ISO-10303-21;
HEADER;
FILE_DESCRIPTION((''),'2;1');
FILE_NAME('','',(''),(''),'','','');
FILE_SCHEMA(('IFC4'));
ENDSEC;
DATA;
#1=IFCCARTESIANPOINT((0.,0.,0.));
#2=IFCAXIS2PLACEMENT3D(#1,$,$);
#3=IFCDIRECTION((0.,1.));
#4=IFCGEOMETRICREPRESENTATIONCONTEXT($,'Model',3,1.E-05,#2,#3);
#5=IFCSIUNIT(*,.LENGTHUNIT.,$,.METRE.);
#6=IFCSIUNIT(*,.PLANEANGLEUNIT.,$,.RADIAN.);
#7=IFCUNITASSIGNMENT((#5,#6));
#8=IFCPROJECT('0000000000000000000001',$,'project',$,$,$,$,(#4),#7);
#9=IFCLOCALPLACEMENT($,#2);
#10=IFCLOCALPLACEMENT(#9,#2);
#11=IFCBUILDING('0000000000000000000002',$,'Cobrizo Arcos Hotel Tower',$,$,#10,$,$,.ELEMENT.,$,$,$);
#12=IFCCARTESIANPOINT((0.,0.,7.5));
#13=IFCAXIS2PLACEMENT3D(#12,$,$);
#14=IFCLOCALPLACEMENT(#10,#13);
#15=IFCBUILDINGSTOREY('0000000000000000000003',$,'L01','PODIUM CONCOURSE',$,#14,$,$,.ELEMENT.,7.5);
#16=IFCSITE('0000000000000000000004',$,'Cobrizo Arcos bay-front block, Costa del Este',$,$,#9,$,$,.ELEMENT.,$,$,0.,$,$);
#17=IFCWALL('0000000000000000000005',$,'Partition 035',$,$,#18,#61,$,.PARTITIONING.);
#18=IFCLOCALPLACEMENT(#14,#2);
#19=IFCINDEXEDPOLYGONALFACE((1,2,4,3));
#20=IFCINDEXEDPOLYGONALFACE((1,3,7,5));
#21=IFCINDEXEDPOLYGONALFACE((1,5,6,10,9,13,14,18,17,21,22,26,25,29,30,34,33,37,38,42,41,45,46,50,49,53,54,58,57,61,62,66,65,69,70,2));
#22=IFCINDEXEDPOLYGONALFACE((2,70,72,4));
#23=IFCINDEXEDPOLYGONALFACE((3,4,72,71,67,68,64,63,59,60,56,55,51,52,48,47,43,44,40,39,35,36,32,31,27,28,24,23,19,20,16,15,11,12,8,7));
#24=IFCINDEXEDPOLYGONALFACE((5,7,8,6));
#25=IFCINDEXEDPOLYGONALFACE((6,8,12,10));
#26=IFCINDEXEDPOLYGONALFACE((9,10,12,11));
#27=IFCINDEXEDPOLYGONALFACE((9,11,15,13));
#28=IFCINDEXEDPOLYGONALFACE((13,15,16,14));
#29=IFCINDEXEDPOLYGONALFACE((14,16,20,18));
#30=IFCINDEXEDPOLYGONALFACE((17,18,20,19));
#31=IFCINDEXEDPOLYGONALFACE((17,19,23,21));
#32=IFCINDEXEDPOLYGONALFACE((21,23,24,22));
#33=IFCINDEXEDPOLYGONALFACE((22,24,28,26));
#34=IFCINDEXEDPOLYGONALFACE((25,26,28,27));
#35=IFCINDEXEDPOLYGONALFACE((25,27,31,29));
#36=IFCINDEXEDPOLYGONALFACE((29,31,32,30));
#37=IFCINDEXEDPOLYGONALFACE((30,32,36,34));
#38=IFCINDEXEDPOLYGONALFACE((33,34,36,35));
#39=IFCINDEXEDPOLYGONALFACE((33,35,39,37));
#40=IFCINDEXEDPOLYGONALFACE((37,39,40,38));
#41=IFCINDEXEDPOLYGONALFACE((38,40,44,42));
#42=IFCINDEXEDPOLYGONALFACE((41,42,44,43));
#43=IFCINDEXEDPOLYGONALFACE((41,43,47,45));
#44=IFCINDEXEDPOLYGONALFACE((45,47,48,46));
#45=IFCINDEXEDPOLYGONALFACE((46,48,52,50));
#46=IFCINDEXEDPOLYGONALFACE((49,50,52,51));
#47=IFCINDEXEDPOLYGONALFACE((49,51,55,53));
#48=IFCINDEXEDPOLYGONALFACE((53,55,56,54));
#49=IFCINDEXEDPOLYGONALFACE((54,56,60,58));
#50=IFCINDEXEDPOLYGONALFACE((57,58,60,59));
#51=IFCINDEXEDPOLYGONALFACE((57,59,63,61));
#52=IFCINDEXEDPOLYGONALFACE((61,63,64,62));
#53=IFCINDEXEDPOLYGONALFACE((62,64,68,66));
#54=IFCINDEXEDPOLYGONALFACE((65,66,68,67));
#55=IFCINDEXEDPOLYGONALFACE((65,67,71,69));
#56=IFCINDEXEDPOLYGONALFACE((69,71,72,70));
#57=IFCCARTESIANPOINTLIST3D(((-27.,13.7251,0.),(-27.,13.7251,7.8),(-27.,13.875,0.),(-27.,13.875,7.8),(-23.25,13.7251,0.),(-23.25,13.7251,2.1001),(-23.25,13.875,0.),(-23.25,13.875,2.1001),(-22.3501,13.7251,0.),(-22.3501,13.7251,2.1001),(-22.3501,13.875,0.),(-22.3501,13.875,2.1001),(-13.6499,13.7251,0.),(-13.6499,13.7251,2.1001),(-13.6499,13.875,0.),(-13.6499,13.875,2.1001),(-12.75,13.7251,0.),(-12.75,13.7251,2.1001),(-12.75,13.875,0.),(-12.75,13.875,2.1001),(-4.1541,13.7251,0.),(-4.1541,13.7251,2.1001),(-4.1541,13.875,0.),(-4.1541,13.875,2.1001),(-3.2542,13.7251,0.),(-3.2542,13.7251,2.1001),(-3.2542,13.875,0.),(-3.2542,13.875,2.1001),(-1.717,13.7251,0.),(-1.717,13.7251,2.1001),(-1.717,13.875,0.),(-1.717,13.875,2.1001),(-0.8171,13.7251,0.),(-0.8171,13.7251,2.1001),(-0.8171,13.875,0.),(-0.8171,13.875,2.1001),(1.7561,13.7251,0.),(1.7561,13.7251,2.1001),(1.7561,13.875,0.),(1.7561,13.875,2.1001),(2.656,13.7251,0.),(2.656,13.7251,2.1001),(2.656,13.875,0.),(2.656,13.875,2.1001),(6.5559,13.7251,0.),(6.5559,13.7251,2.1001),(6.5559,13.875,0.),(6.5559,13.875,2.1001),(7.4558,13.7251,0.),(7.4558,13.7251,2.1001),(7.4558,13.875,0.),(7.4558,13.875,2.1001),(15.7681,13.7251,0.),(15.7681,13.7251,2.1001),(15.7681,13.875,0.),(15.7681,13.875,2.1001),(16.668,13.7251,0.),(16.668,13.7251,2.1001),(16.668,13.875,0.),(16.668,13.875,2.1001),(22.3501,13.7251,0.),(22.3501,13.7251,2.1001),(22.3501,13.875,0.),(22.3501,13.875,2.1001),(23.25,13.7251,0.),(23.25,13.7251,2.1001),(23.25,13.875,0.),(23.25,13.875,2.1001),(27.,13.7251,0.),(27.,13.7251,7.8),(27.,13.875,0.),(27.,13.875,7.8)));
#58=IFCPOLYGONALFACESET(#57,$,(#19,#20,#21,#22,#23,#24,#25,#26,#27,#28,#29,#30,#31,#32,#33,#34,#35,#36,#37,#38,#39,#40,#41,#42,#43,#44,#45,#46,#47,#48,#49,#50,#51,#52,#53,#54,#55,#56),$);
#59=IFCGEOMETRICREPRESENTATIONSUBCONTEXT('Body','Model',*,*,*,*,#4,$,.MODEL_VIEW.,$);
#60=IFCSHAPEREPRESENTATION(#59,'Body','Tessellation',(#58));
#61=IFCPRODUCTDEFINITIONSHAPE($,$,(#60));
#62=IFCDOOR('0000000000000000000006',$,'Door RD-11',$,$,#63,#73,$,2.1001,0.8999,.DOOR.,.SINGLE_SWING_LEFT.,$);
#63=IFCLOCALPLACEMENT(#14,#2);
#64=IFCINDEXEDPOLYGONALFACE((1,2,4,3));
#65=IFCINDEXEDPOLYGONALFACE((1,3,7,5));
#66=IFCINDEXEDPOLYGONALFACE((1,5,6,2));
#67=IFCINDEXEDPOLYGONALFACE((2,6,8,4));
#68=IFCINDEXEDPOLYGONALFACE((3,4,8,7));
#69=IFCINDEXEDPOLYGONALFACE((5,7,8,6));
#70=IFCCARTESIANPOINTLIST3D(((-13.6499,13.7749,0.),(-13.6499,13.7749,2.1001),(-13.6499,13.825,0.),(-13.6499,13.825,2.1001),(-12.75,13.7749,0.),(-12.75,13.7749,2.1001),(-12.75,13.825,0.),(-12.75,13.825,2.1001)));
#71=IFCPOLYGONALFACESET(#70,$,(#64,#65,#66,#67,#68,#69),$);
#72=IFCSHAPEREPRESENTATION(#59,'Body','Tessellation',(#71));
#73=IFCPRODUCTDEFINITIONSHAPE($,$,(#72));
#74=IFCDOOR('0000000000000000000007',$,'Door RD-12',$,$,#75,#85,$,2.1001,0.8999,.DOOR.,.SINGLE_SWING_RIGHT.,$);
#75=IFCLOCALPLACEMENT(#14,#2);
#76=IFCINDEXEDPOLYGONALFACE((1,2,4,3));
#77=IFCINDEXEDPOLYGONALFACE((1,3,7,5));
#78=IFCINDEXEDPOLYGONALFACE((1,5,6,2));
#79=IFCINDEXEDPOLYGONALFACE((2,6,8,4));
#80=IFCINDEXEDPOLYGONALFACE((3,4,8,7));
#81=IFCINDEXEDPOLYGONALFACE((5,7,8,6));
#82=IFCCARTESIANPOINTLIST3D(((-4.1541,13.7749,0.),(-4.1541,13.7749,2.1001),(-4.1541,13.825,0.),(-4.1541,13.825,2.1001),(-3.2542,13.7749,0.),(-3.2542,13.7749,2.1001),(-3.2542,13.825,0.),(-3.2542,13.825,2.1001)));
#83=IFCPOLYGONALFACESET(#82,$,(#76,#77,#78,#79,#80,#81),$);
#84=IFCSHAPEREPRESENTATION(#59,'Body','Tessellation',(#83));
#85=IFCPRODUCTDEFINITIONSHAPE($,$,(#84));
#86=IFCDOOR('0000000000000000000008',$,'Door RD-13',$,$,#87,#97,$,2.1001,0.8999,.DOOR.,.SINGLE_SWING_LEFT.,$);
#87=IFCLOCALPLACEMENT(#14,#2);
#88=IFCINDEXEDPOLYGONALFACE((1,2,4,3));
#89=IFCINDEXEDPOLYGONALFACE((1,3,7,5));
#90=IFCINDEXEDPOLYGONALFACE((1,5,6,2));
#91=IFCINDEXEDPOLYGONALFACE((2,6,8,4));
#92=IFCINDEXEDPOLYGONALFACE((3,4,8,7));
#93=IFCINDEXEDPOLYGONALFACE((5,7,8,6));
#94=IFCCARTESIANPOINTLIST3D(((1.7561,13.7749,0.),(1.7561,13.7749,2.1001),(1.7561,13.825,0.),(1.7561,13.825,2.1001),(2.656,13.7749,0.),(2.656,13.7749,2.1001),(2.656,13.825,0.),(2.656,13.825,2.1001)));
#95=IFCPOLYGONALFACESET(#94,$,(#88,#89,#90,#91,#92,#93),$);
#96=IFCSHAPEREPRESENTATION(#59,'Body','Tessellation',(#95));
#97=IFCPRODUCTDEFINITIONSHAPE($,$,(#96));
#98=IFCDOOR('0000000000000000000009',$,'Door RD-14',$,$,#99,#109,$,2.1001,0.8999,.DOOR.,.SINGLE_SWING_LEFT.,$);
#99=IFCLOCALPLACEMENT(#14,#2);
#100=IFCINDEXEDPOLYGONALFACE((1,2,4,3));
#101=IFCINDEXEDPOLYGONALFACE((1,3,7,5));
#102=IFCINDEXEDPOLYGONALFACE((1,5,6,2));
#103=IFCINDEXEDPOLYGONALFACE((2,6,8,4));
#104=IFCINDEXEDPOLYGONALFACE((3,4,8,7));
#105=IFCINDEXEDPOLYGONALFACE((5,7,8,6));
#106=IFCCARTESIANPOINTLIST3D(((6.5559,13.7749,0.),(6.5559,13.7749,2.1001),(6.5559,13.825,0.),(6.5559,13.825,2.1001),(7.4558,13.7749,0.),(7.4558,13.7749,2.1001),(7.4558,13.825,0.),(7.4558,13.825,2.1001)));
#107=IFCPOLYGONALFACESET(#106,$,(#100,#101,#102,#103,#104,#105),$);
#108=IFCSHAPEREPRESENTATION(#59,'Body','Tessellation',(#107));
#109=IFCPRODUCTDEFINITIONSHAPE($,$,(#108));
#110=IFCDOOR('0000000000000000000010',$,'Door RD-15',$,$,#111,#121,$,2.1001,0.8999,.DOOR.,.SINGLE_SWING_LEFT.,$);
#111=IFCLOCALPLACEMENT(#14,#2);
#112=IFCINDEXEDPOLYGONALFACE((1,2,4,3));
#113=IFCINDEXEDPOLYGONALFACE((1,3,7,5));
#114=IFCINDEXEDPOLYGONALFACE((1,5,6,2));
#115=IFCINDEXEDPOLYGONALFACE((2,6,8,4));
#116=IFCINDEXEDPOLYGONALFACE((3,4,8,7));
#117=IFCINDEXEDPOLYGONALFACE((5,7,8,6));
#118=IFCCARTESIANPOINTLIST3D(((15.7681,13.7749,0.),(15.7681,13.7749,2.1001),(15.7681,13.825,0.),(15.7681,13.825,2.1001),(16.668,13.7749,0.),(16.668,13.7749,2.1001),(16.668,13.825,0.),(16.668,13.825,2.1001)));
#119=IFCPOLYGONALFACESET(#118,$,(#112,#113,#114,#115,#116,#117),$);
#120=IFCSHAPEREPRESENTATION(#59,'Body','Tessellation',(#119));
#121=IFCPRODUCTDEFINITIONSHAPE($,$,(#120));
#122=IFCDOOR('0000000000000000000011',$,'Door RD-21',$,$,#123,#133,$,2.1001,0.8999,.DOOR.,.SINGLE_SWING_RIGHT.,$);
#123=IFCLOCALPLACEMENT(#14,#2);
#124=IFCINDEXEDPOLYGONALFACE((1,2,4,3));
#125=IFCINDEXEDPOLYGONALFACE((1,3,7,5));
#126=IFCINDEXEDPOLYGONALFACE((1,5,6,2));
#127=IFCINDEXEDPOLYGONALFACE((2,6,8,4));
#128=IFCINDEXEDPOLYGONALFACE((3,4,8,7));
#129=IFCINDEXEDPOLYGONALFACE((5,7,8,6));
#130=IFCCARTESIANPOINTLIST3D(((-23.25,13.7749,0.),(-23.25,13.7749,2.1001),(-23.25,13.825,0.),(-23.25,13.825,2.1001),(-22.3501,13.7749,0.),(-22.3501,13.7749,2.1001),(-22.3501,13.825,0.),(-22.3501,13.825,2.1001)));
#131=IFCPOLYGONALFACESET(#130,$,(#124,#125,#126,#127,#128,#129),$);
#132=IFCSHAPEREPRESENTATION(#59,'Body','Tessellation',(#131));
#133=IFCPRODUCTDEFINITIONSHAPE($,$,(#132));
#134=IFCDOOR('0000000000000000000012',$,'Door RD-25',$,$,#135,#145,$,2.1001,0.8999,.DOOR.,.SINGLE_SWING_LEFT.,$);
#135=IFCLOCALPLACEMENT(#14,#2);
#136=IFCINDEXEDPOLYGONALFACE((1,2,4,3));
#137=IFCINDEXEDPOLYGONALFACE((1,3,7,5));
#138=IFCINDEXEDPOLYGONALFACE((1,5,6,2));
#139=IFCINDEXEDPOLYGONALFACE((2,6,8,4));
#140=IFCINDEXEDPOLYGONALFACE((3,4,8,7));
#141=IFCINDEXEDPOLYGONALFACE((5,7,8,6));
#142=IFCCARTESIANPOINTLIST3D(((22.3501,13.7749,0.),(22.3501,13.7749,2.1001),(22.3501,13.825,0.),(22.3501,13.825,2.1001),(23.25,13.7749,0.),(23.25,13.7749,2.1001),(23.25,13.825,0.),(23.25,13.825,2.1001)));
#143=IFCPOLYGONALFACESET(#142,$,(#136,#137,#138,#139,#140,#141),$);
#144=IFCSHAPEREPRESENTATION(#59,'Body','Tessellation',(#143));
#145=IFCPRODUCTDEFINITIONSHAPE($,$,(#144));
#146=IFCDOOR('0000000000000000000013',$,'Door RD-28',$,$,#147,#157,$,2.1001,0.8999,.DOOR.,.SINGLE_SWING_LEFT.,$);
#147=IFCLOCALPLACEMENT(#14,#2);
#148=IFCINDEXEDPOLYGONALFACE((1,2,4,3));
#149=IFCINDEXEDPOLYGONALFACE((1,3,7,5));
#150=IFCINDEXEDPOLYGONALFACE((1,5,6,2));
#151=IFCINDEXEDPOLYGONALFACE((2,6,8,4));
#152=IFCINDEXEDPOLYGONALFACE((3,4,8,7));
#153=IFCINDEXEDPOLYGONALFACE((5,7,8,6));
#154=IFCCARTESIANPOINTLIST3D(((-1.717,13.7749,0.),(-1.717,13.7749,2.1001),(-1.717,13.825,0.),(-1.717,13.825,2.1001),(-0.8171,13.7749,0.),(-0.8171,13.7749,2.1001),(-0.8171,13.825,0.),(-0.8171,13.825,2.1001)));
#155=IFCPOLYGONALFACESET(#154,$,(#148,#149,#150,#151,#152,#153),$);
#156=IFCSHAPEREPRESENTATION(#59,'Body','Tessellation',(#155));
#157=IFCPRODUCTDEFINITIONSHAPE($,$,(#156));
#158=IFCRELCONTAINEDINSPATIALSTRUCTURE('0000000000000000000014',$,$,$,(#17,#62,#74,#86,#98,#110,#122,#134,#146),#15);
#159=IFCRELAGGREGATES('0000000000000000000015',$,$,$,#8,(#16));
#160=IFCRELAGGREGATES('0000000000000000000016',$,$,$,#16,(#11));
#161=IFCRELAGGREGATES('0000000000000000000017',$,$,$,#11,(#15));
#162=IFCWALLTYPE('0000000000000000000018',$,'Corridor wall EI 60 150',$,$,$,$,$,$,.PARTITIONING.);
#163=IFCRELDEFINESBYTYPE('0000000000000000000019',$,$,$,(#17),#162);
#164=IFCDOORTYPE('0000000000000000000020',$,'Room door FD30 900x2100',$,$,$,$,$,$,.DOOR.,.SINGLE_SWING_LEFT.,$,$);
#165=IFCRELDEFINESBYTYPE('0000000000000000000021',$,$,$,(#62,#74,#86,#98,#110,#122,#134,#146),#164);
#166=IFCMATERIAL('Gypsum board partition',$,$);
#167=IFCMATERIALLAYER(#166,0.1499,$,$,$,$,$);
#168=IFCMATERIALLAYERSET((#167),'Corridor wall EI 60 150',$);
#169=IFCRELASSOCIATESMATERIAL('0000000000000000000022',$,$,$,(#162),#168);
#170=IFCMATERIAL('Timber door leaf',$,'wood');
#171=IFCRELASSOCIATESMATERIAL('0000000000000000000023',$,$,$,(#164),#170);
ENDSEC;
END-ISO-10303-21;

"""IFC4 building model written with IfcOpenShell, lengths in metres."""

from ifc_helpers import new_model, si_unit, direction, frame, frame_2d, origin, place, context, subcontext, project, spatial, rectangle, extrude, material, layer, layer_set, type_object, element, fill, save


model = new_model("IFC4")

# Units and contexts
model_context = context("Model", 3, precision=1e-05, world=origin(), true_north=direction((0.0, 1.0)))
body_context = subcontext(model_context, "Body", "Model", "MODEL_VIEW")
ifc_project = project(units=[si_unit("LENGTHUNIT", "METRE"), si_unit("PLANEANGLEUNIT", "RADIAN")], contexts=[model_context])

# Site, building, storey
site_placement = place(None, origin())
site = spatial("IfcSite", under=ifc_project, at=site_placement, Name="Cobrizo Arcos bay-front block, Costa del Este", CompositionType="ELEMENT", RefElevation=0.0)
building_placement = place(site_placement, origin())
building = spatial("IfcBuilding", under=site, at=building_placement, Name="Cobrizo Arcos Hotel Tower", CompositionType="ELEMENT")
storey_placement = place(building_placement, frame((0.0, 0.0, 7.5)))
storey = spatial("IfcBuildingStorey", under=building, at=storey_placement, Name="L01", Description="PODIUM CONCOURSE", CompositionType="ELEMENT", Elevation=7.5)

# Wall, openings, doors
ifc_material_1 = material(Name="Gypsum board partition")
ifc_layer_1 = layer(ifc_material_1, 0.1499)
ifc_layer_set_1 = layer_set([ifc_layer_1], Name="Corridor wall EI 60 150")
wall_type_1 = type_object("IfcWallType", Name="Corridor wall EI 60 150", PredefinedType="PARTITIONING", material=ifc_layer_set_1)
wall_1_placement = place(storey_placement, frame((-27.0, 13.8, 0.0), z_axis=(0.0, 0.0, 1.0), x_axis=(1.0, 0.0, 0.0)))
wall_1 = element("IfcWall", 1, at=wall_1_placement, inside=storey, type_object=wall_type_1, Name="Partition 035", PredefinedType="PARTITIONING", context=body_context, shape_type="SweptSolid", body=[
    extrude(rectangle(XDim=54.0, YDim=0.1499, at=frame_2d((27.0, 0.0))), origin(), (0.0, 0.0, 1.0), 7.8),
])
opening_1_placement = place(wall_1_placement, frame((13.3501, 0.0, 0.0)))
opening_1 = element("IfcOpeningElement", 2, at=opening_1_placement, cuts=wall_1, PredefinedType="OPENING", context=body_context, shape_type="SweptSolid", body=[
    extrude(rectangle(XDim=0.8999, YDim=2.1001, at=frame_2d((0.45, 1.05))), frame((0.0, 0.0869, 0.0), z_axis=(0.0, -1.0, 0.0), x_axis=(1.0, 0.0, 0.0)), (0.0, 0.0, 1.0), 0.1738),
])
opening_2_placement = place(wall_1_placement, frame((22.8459, 0.0, 0.0)))
opening_2 = element("IfcOpeningElement", 3, at=opening_2_placement, cuts=wall_1, PredefinedType="OPENING", context=body_context, shape_type="SweptSolid", body=[
    extrude(rectangle(XDim=0.8999, YDim=2.1001, at=frame_2d((0.45, 1.05))), frame((0.0, 0.0869, 0.0), z_axis=(0.0, -1.0, 0.0), x_axis=(1.0, 0.0, 0.0)), (0.0, 0.0, 1.0), 0.1738),
])
opening_3_placement = place(wall_1_placement, frame((28.7561, 0.0, 0.0)))
opening_3 = element("IfcOpeningElement", 4, at=opening_3_placement, cuts=wall_1, PredefinedType="OPENING", context=body_context, shape_type="SweptSolid", body=[
    extrude(rectangle(XDim=0.8999, YDim=2.1001, at=frame_2d((0.45, 1.05))), frame((0.0, 0.0869, 0.0), z_axis=(0.0, -1.0, 0.0), x_axis=(1.0, 0.0, 0.0)), (0.0, 0.0, 1.0), 0.1738),
])
opening_4_placement = place(wall_1_placement, frame((33.5559, 0.0, 0.0)))
opening_4 = element("IfcOpeningElement", 5, at=opening_4_placement, cuts=wall_1, PredefinedType="OPENING", context=body_context, shape_type="SweptSolid", body=[
    extrude(rectangle(XDim=0.8999, YDim=2.1001, at=frame_2d((0.45, 1.05))), frame((0.0, 0.0869, 0.0), z_axis=(0.0, -1.0, 0.0), x_axis=(1.0, 0.0, 0.0)), (0.0, 0.0, 1.0), 0.1738),
])
opening_5_placement = place(wall_1_placement, frame((42.7681, 0.0, 0.0)))
opening_5 = element("IfcOpeningElement", 6, at=opening_5_placement, cuts=wall_1, PredefinedType="OPENING", context=body_context, shape_type="SweptSolid", body=[
    extrude(rectangle(XDim=0.8999, YDim=2.1001, at=frame_2d((0.45, 1.05))), frame((0.0, 0.0869, 0.0), z_axis=(0.0, -1.0, 0.0), x_axis=(1.0, 0.0, 0.0)), (0.0, 0.0, 1.0), 0.1738),
])
opening_6_placement = place(wall_1_placement, frame((3.75, 0.0, 0.0)))
opening_6 = element("IfcOpeningElement", 7, at=opening_6_placement, cuts=wall_1, PredefinedType="OPENING", context=body_context, shape_type="SweptSolid", body=[
    extrude(rectangle(XDim=0.8999, YDim=2.1001, at=frame_2d((0.45, 1.05))), frame((0.0, 0.0869, 0.0), z_axis=(0.0, -1.0, 0.0), x_axis=(1.0, 0.0, 0.0)), (0.0, 0.0, 1.0), 0.1738),
])
opening_7_placement = place(wall_1_placement, frame((49.3501, 0.0, 0.0)))
opening_7 = element("IfcOpeningElement", 8, at=opening_7_placement, cuts=wall_1, PredefinedType="OPENING", context=body_context, shape_type="SweptSolid", body=[
    extrude(rectangle(XDim=0.8999, YDim=2.1001, at=frame_2d((0.45, 1.05))), frame((0.0, 0.0869, 0.0), z_axis=(0.0, -1.0, 0.0), x_axis=(1.0, 0.0, 0.0)), (0.0, 0.0, 1.0), 0.1738),
])
opening_8_placement = place(wall_1_placement, frame((25.283, 0.0, 0.0)))
opening_8 = element("IfcOpeningElement", 9, at=opening_8_placement, cuts=wall_1, PredefinedType="OPENING", context=body_context, shape_type="SweptSolid", body=[
    extrude(rectangle(XDim=0.8999, YDim=2.1001, at=frame_2d((0.45, 1.05))), frame((0.0, 0.0869, 0.0), z_axis=(0.0, -1.0, 0.0), x_axis=(1.0, 0.0, 0.0)), (0.0, 0.0, 1.0), 0.1738),
])
ifc_material_2 = material(Name="Timber door leaf", Category="wood")
door_type = type_object("IfcDoorType", Name="Room door FD30 900x2100", OperationType="SINGLE_SWING_LEFT", PredefinedType="DOOR", material=ifc_material_2)
door_1_placement = place(opening_1_placement, origin())
door_1 = element("IfcDoor", 10, at=door_1_placement, inside=storey, type_object=door_type, Name="Door RD-11", OperationType="SINGLE_SWING_LEFT", OverallHeight=2.1001, OverallWidth=0.8999, PredefinedType="DOOR", context=body_context, shape_type="SweptSolid", body=[
    extrude(rectangle(XDim=0.8999, YDim=2.1001, at=frame_2d((0.45, 1.05))), frame((0.0, 0.0249, 0.0), z_axis=(0.0, -1.0, 0.0), x_axis=(1.0, 0.0, 0.0)), (0.0, 0.0, 1.0), 0.05),
])
fill(opening_1, door_1)
door_2_placement = place(opening_2_placement, origin())
door_2 = element("IfcDoor", 11, at=door_2_placement, inside=storey, type_object=door_type, Name="Door RD-12", OperationType="SINGLE_SWING_RIGHT", OverallHeight=2.1001, OverallWidth=0.8999, PredefinedType="DOOR", context=body_context, shape_type="SweptSolid", body=[
    extrude(rectangle(XDim=0.8999, YDim=2.1001, at=frame_2d((0.45, 1.05))), frame((0.0, 0.0249, 0.0), z_axis=(0.0, -1.0, 0.0), x_axis=(1.0, 0.0, 0.0)), (0.0, 0.0, 1.0), 0.05),
])
fill(opening_2, door_2)
door_3_placement = place(opening_3_placement, origin())
door_3 = element("IfcDoor", 12, at=door_3_placement, inside=storey, type_object=door_type, Name="Door RD-13", OperationType="SINGLE_SWING_LEFT", OverallHeight=2.1001, OverallWidth=0.8999, PredefinedType="DOOR", context=body_context, shape_type="SweptSolid", body=[
    extrude(rectangle(XDim=0.8999, YDim=2.1001, at=frame_2d((0.45, 1.05))), frame((0.0, 0.0249, 0.0), z_axis=(0.0, -1.0, 0.0), x_axis=(1.0, 0.0, 0.0)), (0.0, 0.0, 1.0), 0.05),
])
fill(opening_3, door_3)
door_4_placement = place(opening_4_placement, origin())
door_4 = element("IfcDoor", 13, at=door_4_placement, inside=storey, type_object=door_type, Name="Door RD-14", OperationType="SINGLE_SWING_LEFT", OverallHeight=2.1001, OverallWidth=0.8999, PredefinedType="DOOR", context=body_context, shape_type="SweptSolid", body=[
    extrude(rectangle(XDim=0.8999, YDim=2.1001, at=frame_2d((0.45, 1.05))), frame((0.0, 0.0249, 0.0), z_axis=(0.0, -1.0, 0.0), x_axis=(1.0, 0.0, 0.0)), (0.0, 0.0, 1.0), 0.05),
])
fill(opening_4, door_4)
door_5_placement = place(opening_5_placement, origin())
door_5 = element("IfcDoor", 14, at=door_5_placement, inside=storey, type_object=door_type, Name="Door RD-15", OperationType="SINGLE_SWING_LEFT", OverallHeight=2.1001, OverallWidth=0.8999, PredefinedType="DOOR", context=body_context, shape_type="SweptSolid", body=[
    extrude(rectangle(XDim=0.8999, YDim=2.1001, at=frame_2d((0.45, 1.05))), frame((0.0, 0.0249, 0.0), z_axis=(0.0, -1.0, 0.0), x_axis=(1.0, 0.0, 0.0)), (0.0, 0.0, 1.0), 0.05),
])
fill(opening_5, door_5)
door_6_placement = place(opening_6_placement, origin())
door_6 = element("IfcDoor", 15, at=door_6_placement, inside=storey, type_object=door_type, Name="Door RD-21", OperationType="SINGLE_SWING_RIGHT", OverallHeight=2.1001, OverallWidth=0.8999, PredefinedType="DOOR", context=body_context, shape_type="SweptSolid", body=[
    extrude(rectangle(XDim=0.8999, YDim=2.1001, at=frame_2d((0.45, 1.05))), frame((0.0, 0.0249, 0.0), z_axis=(0.0, -1.0, 0.0), x_axis=(1.0, 0.0, 0.0)), (0.0, 0.0, 1.0), 0.05),
])
fill(opening_6, door_6)
door_7_placement = place(opening_7_placement, origin())
door_7 = element("IfcDoor", 16, at=door_7_placement, inside=storey, type_object=door_type, Name="Door RD-25", OperationType="SINGLE_SWING_LEFT", OverallHeight=2.1001, OverallWidth=0.8999, PredefinedType="DOOR", context=body_context, shape_type="SweptSolid", body=[
    extrude(rectangle(XDim=0.8999, YDim=2.1001, at=frame_2d((0.45, 1.05))), frame((0.0, 0.0249, 0.0), z_axis=(0.0, -1.0, 0.0), x_axis=(1.0, 0.0, 0.0)), (0.0, 0.0, 1.0), 0.05),
])
fill(opening_7, door_7)
door_8_placement = place(opening_8_placement, origin())
door_8 = element("IfcDoor", 17, at=door_8_placement, inside=storey, type_object=door_type, Name="Door RD-28", OperationType="SINGLE_SWING_LEFT", OverallHeight=2.1001, OverallWidth=0.8999, PredefinedType="DOOR", context=body_context, shape_type="SweptSolid", body=[
    extrude(rectangle(XDim=0.8999, YDim=2.1001, at=frame_2d((0.45, 1.05))), frame((0.0, 0.0249, 0.0), z_axis=(0.0, -1.0, 0.0), x_axis=(1.0, 0.0, 0.0)), (0.0, 0.0, 1.0), 0.05),
])
fill(opening_8, door_8)

save(model, "model.ifc")
